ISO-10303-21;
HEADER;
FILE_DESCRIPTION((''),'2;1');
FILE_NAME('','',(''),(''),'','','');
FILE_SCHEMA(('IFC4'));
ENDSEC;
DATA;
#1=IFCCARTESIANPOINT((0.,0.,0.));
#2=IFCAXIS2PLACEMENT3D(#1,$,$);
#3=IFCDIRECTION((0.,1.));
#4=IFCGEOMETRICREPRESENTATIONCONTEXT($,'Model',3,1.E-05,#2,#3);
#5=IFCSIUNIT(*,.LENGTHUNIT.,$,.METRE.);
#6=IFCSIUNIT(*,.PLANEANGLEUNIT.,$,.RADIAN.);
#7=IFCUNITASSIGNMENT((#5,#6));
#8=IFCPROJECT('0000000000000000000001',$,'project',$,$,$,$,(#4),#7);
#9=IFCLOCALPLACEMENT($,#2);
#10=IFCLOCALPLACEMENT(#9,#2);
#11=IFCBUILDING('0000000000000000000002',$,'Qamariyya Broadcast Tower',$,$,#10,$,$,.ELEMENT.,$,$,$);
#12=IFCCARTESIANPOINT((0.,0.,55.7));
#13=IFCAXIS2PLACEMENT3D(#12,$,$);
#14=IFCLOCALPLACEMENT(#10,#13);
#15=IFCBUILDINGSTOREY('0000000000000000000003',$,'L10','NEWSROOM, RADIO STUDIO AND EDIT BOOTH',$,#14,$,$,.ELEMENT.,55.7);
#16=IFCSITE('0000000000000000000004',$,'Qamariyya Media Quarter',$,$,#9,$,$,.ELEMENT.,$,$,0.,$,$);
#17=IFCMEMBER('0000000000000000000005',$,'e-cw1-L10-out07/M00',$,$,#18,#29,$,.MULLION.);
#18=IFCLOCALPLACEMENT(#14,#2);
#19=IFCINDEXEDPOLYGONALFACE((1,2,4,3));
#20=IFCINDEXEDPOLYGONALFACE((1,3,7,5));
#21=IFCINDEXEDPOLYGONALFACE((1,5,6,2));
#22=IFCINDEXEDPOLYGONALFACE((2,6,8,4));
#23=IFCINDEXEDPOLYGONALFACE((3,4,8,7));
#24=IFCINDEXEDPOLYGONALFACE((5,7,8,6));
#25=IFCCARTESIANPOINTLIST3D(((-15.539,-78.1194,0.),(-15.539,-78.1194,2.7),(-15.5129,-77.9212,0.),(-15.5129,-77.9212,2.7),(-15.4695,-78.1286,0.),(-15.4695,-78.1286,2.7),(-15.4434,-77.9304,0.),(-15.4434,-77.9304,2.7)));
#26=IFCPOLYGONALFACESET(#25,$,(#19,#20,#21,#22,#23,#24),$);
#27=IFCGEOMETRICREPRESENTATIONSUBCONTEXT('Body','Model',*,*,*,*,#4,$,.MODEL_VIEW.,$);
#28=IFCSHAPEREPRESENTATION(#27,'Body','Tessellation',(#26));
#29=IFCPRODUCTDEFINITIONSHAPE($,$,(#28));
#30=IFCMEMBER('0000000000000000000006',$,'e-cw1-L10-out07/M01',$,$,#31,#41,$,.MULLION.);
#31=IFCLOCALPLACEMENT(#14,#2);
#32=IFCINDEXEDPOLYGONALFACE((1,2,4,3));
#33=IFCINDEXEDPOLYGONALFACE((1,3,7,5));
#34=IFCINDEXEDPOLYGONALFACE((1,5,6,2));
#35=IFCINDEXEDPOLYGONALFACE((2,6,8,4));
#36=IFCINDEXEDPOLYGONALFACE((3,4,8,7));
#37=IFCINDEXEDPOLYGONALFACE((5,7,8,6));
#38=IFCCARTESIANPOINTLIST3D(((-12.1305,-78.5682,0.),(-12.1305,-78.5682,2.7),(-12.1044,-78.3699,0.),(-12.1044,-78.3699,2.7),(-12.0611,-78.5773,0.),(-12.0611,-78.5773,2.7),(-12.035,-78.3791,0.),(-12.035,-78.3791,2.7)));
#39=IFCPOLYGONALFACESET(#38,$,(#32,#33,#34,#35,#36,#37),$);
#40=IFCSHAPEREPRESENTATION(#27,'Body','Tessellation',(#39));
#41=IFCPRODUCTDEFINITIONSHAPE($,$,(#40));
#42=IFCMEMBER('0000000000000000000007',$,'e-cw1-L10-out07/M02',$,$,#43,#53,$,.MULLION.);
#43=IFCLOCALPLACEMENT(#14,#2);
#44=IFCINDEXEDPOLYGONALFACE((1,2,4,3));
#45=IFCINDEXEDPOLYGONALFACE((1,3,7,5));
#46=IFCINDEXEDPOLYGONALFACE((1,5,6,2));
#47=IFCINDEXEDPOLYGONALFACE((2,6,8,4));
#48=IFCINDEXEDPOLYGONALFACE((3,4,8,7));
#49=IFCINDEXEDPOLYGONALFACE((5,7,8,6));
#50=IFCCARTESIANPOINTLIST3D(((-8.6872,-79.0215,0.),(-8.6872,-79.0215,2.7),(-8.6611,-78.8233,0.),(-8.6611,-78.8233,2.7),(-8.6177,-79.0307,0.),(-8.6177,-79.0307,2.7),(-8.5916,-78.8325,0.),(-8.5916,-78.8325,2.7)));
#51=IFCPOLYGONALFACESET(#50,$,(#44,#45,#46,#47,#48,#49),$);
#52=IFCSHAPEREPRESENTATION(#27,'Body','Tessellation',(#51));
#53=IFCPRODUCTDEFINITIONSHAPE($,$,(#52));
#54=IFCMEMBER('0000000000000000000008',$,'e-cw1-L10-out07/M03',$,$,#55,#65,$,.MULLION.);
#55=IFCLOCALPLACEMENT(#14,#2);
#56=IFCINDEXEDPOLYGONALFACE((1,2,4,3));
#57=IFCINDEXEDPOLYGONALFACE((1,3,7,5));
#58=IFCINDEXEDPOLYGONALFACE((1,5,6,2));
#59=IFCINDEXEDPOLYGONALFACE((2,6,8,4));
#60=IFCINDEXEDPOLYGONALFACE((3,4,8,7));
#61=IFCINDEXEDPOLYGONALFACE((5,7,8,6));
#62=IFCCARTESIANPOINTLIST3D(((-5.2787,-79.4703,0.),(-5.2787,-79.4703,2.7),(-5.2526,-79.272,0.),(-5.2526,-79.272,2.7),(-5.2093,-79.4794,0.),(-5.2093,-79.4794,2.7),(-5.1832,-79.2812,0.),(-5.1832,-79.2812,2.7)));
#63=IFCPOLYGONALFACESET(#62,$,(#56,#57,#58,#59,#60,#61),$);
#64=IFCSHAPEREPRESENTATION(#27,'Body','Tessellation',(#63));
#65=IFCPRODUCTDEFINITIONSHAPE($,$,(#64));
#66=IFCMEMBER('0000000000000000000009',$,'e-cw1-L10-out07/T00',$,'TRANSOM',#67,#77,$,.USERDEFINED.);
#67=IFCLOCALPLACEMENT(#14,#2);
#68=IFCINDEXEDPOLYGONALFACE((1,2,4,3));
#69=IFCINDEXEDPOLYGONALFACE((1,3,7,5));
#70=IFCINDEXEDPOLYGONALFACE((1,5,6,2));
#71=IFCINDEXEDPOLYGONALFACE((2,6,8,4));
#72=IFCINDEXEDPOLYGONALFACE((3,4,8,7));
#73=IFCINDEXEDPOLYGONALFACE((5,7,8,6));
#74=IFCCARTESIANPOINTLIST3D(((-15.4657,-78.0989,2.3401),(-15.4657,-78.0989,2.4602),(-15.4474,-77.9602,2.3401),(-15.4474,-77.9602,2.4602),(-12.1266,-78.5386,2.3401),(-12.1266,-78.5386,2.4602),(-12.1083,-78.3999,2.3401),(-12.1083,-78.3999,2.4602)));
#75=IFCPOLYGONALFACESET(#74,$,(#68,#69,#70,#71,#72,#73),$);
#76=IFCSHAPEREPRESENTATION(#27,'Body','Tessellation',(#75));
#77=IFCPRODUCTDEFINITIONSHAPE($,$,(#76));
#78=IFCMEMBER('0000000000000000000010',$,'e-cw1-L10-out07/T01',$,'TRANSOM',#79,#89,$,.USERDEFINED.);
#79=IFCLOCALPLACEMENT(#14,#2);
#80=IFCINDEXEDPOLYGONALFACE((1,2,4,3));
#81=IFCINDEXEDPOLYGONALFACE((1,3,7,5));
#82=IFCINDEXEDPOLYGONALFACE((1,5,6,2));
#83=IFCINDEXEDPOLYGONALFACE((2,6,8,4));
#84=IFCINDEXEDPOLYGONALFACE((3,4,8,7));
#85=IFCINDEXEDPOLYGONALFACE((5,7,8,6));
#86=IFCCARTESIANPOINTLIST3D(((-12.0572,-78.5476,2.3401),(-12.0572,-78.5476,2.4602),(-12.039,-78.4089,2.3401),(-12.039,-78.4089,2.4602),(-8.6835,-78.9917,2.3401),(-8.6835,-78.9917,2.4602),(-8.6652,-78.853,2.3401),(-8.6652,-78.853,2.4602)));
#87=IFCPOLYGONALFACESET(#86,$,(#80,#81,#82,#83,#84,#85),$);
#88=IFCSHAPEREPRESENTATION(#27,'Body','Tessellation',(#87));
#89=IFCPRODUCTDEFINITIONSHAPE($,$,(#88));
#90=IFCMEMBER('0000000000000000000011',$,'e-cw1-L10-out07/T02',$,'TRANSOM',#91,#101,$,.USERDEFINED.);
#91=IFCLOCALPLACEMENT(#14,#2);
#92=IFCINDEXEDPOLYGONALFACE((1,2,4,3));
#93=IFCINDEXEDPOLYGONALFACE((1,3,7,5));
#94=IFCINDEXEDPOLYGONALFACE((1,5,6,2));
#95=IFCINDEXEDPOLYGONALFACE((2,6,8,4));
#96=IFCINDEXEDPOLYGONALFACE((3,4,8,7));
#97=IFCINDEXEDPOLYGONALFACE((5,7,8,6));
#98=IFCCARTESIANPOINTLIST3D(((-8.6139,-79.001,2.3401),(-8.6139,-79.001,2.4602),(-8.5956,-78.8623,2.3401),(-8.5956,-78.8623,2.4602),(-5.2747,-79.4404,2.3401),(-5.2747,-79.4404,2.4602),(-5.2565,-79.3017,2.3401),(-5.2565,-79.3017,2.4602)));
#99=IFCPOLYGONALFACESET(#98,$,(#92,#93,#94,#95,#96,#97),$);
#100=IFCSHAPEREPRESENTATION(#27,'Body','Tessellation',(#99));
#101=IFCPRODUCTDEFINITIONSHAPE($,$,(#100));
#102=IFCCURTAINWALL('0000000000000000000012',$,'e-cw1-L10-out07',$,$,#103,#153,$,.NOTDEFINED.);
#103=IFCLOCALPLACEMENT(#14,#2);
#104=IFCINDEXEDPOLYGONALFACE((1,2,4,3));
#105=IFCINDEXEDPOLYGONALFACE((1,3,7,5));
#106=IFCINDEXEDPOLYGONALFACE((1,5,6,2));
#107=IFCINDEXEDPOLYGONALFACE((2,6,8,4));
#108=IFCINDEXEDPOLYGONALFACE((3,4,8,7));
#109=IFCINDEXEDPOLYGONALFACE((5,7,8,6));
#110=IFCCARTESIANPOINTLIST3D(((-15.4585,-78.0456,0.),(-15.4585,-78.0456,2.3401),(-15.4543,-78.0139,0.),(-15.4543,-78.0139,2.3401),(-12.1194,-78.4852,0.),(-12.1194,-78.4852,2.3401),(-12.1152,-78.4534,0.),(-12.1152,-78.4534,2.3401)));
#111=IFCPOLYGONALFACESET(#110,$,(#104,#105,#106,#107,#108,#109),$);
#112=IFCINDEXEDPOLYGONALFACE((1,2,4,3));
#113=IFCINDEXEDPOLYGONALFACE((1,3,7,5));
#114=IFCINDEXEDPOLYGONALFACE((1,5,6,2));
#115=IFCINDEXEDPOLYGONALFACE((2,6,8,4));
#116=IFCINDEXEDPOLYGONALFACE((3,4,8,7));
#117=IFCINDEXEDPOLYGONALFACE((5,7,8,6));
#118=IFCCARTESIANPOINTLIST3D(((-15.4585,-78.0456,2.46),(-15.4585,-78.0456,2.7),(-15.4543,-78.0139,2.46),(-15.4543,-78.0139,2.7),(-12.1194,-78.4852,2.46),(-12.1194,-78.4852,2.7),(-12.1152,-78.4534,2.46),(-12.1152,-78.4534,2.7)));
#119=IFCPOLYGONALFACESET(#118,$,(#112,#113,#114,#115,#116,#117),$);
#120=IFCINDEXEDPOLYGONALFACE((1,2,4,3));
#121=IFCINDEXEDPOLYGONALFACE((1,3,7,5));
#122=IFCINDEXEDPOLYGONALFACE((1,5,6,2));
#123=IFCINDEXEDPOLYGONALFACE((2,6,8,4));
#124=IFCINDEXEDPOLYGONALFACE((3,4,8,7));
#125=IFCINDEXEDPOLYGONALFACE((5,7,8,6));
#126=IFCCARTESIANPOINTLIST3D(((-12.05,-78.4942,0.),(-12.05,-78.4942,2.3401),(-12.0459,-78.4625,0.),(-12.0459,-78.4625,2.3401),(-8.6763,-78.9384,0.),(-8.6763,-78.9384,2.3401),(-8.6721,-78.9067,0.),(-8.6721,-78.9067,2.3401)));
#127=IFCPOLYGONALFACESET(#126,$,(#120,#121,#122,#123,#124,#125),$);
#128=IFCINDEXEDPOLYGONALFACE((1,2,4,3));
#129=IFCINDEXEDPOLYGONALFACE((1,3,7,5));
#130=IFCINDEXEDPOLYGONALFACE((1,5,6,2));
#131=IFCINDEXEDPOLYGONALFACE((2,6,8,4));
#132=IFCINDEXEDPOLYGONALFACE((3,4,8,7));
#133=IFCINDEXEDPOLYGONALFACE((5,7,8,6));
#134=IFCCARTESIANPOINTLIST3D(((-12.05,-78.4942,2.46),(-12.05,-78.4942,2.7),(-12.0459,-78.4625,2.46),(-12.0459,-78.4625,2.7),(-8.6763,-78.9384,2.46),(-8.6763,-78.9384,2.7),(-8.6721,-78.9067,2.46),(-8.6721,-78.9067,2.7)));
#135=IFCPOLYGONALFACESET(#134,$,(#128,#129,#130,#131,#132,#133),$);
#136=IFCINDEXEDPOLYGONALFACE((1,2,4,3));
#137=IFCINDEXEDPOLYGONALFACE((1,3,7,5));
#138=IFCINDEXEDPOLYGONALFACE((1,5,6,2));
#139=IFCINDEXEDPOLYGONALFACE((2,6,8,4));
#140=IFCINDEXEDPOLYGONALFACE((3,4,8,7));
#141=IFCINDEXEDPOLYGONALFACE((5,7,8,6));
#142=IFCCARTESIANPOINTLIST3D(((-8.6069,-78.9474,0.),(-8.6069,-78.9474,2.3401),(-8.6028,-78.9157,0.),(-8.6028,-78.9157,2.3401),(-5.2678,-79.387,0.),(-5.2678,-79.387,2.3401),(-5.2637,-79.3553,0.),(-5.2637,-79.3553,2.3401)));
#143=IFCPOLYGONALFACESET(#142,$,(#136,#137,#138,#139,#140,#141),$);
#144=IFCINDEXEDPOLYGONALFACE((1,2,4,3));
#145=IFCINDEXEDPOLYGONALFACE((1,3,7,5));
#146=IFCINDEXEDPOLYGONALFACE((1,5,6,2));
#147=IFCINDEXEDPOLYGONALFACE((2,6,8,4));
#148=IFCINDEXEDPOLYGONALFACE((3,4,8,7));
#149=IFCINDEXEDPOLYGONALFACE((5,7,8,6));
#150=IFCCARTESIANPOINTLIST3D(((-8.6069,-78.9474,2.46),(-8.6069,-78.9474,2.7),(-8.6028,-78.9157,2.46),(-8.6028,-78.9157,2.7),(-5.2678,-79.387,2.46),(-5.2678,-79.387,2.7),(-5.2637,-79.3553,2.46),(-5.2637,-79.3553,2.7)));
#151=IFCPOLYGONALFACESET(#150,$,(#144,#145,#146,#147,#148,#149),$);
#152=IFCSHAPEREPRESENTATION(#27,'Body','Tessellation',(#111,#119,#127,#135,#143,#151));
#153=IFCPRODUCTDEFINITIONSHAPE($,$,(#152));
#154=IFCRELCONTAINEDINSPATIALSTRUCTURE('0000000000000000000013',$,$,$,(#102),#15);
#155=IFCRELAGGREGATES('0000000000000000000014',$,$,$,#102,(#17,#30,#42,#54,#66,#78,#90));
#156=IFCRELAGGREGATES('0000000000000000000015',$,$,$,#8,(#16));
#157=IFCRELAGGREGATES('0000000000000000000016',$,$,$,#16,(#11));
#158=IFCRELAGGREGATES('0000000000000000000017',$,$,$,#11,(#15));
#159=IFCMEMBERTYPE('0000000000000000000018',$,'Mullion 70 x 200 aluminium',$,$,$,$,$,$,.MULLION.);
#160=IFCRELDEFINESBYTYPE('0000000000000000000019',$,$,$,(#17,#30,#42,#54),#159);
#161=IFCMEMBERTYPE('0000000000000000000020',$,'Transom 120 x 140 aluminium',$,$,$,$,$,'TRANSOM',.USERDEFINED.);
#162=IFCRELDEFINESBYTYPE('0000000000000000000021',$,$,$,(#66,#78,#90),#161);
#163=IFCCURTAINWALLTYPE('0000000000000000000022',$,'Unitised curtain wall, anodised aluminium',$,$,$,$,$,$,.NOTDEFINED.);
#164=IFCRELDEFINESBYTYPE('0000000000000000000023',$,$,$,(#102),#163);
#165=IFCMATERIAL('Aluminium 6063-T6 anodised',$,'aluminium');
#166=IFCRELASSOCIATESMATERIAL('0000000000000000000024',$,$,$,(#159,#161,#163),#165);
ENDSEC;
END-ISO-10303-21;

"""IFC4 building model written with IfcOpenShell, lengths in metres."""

from ifc_helpers import new_model, si_unit, direction, frame, origin, origin_2d, place, context, subcontext, project, spatial, rectangle, extrude, material, material_profile, profile_set, type_object, element, aggregate, save


model = new_model("IFC4")

# Units and contexts
model_context = context("Model", 3, precision=1e-05, world=origin(), true_north=direction((0.0, 1.0)))
body_context = subcontext(model_context, "Body", "Model", "MODEL_VIEW")
ifc_project = project(units=[si_unit("LENGTHUNIT", "METRE"), si_unit("PLANEANGLEUNIT", "RADIAN")], contexts=[model_context])

# Members
ifc_material = material(Name="Aluminium 6063-T6 anodised", Category="aluminium")
ifc_material_profile_1 = material_profile(ifc_material, rectangle(XDim=0.2, YDim=0.0701, at=origin_2d()))
ifc_profile_set_1 = profile_set([ifc_material_profile_1], Name="Aluminium 6063-T6 anodised")
member_type_1 = type_object("IfcMemberType", Name="Mullion 70 x 200 aluminium", PredefinedType="MULLION", material=ifc_profile_set_1)
site_placement = place(None, origin())
building_placement = place(site_placement, origin())
storey_placement = place(building_placement, frame((0.0, 0.0, 55.7)))
member_1_placement = place(storey_placement, frame((-15.4912, -78.0249, 0.0), z_axis=(0.0, 0.0, 1.0), x_axis=(0.130526, 0.991445, 0.0)))
member_1 = element("IfcMember", 1, at=member_1_placement, type_object=member_type_1, Name="e-cw1-L10-out07/M00", PredefinedType="MULLION", context=body_context, shape_type="SweptSolid", body=[
    extrude(rectangle(XDim=0.2, YDim=0.0701, at=origin_2d()), origin(), (0.0, 0.0, 1.0), 2.7),
])
member_2_placement = place(storey_placement, frame((-12.0828, -78.4736, 0.0), z_axis=(0.0, 0.0, 1.0), x_axis=(0.130526, 0.991445, 0.0)))
member_2 = element("IfcMember", 2, at=member_2_placement, type_object=member_type_1, Name="e-cw1-L10-out07/M01", PredefinedType="MULLION", context=body_context, shape_type="SweptSolid", body=[
    extrude(rectangle(XDim=0.2, YDim=0.0701, at=origin_2d()), origin(), (0.0, 0.0, 1.0), 2.7),
])
member_3_placement = place(storey_placement, frame((-8.6394, -78.927, 0.0), z_axis=(0.0, 0.0, 1.0), x_axis=(0.130526, 0.991445, 0.0)))
member_3 = element("IfcMember", 3, at=member_3_placement, type_object=member_type_1, Name="e-cw1-L10-out07/M02", PredefinedType="MULLION", context=body_context, shape_type="SweptSolid", body=[
    extrude(rectangle(XDim=0.2, YDim=0.0701, at=origin_2d()), origin(), (0.0, 0.0, 1.0), 2.7),
])
member_4_placement = place(storey_placement, frame((-5.231, -79.3757, 0.0), z_axis=(0.0, 0.0, 1.0), x_axis=(0.130526, 0.991445, 0.0)))
member_4 = element("IfcMember", 4, at=member_4_placement, type_object=member_type_1, Name="e-cw1-L10-out07/M03", PredefinedType="MULLION", context=body_context, shape_type="SweptSolid", body=[
    extrude(rectangle(XDim=0.2, YDim=0.0701, at=origin_2d()), origin(), (0.0, 0.0, 1.0), 2.7),
])
ifc_material_profile_2 = material_profile(ifc_material, rectangle(XDim=0.1399, YDim=0.1201, at=origin_2d()))
ifc_profile_set_2 = profile_set([ifc_material_profile_2], Name="Aluminium 6063-T6 anodised")
member_type_2 = type_object("IfcMemberType", Name="Transom 120 x 140 aluminium", ElementType="TRANSOM", PredefinedType="USERDEFINED", material=ifc_profile_set_2)
member_5_placement = place(storey_placement, frame((-15.4565, -78.0295, 2.4001), z_axis=(0.991441, -0.130554, 0.0), x_axis=(0.130554, 0.991441, 0.0)))
member_5 = element("IfcMember", 5, at=member_5_placement, type_object=member_type_2, Name="e-cw1-L10-out07/T00", ObjectType="TRANSOM", PredefinedType="USERDEFINED", context=body_context, shape_type="SweptSolid", body=[
    extrude(rectangle(XDim=0.1399, YDim=0.1201, at=origin_2d()), origin(), (0.0, 0.0, 1.0), 3.3679),
])
member_6_placement = place(storey_placement, frame((-12.0481, -78.4783, 2.4001), z_axis=(0.991448, -0.130505, 0.0), x_axis=(0.130505, 0.991448, 0.0)))
member_6 = element("IfcMember", 6, at=member_6_placement, type_object=member_type_2, Name="e-cw1-L10-out07/T01", ObjectType="TRANSOM", PredefinedType="USERDEFINED", context=body_context, shape_type="SweptSolid", body=[
    extrude(rectangle(XDim=0.1399, YDim=0.1201, at=origin_2d()), origin(), (0.0, 0.0, 1.0), 3.4028),
])
member_7_placement = place(storey_placement, frame((-8.6047, -78.9316, 2.4001), z_axis=(0.991451, -0.130483, 0.0), x_axis=(0.130483, 0.991451, 0.0)))
member_7 = element("IfcMember", 7, at=member_7_placement, type_object=member_type_2, Name="e-cw1-L10-out07/T02", ObjectType="TRANSOM", PredefinedType="USERDEFINED", context=body_context, shape_type="SweptSolid", body=[
    extrude(rectangle(XDim=0.1399, YDim=0.1201, at=origin_2d()), origin(), (0.0, 0.0, 1.0), 3.3679),
])

# Site, building, storey
site = spatial("IfcSite", under=ifc_project, at=site_placement, Name="Qamariyya Media Quarter", CompositionType="ELEMENT", RefElevation=0.0)
building = spatial("IfcBuilding", under=site, at=building_placement, Name="Qamariyya Broadcast Tower", CompositionType="ELEMENT")
storey = spatial("IfcBuildingStorey", under=building, at=storey_placement, Name="L10", Description="NEWSROOM, RADIO STUDIO AND EDIT BOOTH", CompositionType="ELEMENT", Elevation=55.7)

# Curtain wall
curtain_wall_type = type_object("IfcCurtainWallType", Name="Unitised curtain wall, anodised aluminium", PredefinedType="NOTDEFINED", material=ifc_material)
curtain_wall_1_placement = place(storey_placement, origin())
curtain_wall_1 = element("IfcCurtainWall", 8, at=curtain_wall_1_placement, inside=storey, type_object=curtain_wall_type, Name="e-cw1-L10-out07", PredefinedType="NOTDEFINED", context=body_context, shape_type="SweptSolid", body=[
    extrude(rectangle(XDim=3.3679, YDim=0.032, at=origin_2d()), frame((-13.7869, -78.2495, 0.0), x_axis=(0.991446, -0.130521, 0.0)), (0.0, 0.0, 1.0), 2.3401),
    extrude(rectangle(XDim=3.3679, YDim=0.032, at=origin_2d()), frame((-13.7869, -78.2495, 2.46), x_axis=(0.991446, -0.130521, 0.0)), (0.0, 0.0, 1.0), 0.24),
    extrude(rectangle(XDim=3.4028, YDim=0.032, at=origin_2d()), frame((-10.3611, -78.7004, 0.0), x_axis=(0.991446, -0.130521, 0.0)), (0.0, 0.0, 1.0), 2.3401),
    extrude(rectangle(XDim=3.4028, YDim=0.032, at=origin_2d()), frame((-10.3611, -78.7004, 2.46), x_axis=(0.991446, -0.130521, 0.0)), (0.0, 0.0, 1.0), 0.24),
    extrude(rectangle(XDim=3.3679, YDim=0.032, at=origin_2d()), frame((-6.9353, -79.1514, 0.0), x_axis=(0.991446, -0.130521, 0.0)), (0.0, 0.0, 1.0), 2.3401),
    extrude(rectangle(XDim=3.3679, YDim=0.032, at=origin_2d()), frame((-6.9353, -79.1514, 2.46), x_axis=(0.991446, -0.130521, 0.0)), (0.0, 0.0, 1.0), 0.24),
])
aggregate(curtain_wall_1, [member_1, member_2, member_3, member_4, member_5, member_6, member_7])

save(model, "model.ifc")
